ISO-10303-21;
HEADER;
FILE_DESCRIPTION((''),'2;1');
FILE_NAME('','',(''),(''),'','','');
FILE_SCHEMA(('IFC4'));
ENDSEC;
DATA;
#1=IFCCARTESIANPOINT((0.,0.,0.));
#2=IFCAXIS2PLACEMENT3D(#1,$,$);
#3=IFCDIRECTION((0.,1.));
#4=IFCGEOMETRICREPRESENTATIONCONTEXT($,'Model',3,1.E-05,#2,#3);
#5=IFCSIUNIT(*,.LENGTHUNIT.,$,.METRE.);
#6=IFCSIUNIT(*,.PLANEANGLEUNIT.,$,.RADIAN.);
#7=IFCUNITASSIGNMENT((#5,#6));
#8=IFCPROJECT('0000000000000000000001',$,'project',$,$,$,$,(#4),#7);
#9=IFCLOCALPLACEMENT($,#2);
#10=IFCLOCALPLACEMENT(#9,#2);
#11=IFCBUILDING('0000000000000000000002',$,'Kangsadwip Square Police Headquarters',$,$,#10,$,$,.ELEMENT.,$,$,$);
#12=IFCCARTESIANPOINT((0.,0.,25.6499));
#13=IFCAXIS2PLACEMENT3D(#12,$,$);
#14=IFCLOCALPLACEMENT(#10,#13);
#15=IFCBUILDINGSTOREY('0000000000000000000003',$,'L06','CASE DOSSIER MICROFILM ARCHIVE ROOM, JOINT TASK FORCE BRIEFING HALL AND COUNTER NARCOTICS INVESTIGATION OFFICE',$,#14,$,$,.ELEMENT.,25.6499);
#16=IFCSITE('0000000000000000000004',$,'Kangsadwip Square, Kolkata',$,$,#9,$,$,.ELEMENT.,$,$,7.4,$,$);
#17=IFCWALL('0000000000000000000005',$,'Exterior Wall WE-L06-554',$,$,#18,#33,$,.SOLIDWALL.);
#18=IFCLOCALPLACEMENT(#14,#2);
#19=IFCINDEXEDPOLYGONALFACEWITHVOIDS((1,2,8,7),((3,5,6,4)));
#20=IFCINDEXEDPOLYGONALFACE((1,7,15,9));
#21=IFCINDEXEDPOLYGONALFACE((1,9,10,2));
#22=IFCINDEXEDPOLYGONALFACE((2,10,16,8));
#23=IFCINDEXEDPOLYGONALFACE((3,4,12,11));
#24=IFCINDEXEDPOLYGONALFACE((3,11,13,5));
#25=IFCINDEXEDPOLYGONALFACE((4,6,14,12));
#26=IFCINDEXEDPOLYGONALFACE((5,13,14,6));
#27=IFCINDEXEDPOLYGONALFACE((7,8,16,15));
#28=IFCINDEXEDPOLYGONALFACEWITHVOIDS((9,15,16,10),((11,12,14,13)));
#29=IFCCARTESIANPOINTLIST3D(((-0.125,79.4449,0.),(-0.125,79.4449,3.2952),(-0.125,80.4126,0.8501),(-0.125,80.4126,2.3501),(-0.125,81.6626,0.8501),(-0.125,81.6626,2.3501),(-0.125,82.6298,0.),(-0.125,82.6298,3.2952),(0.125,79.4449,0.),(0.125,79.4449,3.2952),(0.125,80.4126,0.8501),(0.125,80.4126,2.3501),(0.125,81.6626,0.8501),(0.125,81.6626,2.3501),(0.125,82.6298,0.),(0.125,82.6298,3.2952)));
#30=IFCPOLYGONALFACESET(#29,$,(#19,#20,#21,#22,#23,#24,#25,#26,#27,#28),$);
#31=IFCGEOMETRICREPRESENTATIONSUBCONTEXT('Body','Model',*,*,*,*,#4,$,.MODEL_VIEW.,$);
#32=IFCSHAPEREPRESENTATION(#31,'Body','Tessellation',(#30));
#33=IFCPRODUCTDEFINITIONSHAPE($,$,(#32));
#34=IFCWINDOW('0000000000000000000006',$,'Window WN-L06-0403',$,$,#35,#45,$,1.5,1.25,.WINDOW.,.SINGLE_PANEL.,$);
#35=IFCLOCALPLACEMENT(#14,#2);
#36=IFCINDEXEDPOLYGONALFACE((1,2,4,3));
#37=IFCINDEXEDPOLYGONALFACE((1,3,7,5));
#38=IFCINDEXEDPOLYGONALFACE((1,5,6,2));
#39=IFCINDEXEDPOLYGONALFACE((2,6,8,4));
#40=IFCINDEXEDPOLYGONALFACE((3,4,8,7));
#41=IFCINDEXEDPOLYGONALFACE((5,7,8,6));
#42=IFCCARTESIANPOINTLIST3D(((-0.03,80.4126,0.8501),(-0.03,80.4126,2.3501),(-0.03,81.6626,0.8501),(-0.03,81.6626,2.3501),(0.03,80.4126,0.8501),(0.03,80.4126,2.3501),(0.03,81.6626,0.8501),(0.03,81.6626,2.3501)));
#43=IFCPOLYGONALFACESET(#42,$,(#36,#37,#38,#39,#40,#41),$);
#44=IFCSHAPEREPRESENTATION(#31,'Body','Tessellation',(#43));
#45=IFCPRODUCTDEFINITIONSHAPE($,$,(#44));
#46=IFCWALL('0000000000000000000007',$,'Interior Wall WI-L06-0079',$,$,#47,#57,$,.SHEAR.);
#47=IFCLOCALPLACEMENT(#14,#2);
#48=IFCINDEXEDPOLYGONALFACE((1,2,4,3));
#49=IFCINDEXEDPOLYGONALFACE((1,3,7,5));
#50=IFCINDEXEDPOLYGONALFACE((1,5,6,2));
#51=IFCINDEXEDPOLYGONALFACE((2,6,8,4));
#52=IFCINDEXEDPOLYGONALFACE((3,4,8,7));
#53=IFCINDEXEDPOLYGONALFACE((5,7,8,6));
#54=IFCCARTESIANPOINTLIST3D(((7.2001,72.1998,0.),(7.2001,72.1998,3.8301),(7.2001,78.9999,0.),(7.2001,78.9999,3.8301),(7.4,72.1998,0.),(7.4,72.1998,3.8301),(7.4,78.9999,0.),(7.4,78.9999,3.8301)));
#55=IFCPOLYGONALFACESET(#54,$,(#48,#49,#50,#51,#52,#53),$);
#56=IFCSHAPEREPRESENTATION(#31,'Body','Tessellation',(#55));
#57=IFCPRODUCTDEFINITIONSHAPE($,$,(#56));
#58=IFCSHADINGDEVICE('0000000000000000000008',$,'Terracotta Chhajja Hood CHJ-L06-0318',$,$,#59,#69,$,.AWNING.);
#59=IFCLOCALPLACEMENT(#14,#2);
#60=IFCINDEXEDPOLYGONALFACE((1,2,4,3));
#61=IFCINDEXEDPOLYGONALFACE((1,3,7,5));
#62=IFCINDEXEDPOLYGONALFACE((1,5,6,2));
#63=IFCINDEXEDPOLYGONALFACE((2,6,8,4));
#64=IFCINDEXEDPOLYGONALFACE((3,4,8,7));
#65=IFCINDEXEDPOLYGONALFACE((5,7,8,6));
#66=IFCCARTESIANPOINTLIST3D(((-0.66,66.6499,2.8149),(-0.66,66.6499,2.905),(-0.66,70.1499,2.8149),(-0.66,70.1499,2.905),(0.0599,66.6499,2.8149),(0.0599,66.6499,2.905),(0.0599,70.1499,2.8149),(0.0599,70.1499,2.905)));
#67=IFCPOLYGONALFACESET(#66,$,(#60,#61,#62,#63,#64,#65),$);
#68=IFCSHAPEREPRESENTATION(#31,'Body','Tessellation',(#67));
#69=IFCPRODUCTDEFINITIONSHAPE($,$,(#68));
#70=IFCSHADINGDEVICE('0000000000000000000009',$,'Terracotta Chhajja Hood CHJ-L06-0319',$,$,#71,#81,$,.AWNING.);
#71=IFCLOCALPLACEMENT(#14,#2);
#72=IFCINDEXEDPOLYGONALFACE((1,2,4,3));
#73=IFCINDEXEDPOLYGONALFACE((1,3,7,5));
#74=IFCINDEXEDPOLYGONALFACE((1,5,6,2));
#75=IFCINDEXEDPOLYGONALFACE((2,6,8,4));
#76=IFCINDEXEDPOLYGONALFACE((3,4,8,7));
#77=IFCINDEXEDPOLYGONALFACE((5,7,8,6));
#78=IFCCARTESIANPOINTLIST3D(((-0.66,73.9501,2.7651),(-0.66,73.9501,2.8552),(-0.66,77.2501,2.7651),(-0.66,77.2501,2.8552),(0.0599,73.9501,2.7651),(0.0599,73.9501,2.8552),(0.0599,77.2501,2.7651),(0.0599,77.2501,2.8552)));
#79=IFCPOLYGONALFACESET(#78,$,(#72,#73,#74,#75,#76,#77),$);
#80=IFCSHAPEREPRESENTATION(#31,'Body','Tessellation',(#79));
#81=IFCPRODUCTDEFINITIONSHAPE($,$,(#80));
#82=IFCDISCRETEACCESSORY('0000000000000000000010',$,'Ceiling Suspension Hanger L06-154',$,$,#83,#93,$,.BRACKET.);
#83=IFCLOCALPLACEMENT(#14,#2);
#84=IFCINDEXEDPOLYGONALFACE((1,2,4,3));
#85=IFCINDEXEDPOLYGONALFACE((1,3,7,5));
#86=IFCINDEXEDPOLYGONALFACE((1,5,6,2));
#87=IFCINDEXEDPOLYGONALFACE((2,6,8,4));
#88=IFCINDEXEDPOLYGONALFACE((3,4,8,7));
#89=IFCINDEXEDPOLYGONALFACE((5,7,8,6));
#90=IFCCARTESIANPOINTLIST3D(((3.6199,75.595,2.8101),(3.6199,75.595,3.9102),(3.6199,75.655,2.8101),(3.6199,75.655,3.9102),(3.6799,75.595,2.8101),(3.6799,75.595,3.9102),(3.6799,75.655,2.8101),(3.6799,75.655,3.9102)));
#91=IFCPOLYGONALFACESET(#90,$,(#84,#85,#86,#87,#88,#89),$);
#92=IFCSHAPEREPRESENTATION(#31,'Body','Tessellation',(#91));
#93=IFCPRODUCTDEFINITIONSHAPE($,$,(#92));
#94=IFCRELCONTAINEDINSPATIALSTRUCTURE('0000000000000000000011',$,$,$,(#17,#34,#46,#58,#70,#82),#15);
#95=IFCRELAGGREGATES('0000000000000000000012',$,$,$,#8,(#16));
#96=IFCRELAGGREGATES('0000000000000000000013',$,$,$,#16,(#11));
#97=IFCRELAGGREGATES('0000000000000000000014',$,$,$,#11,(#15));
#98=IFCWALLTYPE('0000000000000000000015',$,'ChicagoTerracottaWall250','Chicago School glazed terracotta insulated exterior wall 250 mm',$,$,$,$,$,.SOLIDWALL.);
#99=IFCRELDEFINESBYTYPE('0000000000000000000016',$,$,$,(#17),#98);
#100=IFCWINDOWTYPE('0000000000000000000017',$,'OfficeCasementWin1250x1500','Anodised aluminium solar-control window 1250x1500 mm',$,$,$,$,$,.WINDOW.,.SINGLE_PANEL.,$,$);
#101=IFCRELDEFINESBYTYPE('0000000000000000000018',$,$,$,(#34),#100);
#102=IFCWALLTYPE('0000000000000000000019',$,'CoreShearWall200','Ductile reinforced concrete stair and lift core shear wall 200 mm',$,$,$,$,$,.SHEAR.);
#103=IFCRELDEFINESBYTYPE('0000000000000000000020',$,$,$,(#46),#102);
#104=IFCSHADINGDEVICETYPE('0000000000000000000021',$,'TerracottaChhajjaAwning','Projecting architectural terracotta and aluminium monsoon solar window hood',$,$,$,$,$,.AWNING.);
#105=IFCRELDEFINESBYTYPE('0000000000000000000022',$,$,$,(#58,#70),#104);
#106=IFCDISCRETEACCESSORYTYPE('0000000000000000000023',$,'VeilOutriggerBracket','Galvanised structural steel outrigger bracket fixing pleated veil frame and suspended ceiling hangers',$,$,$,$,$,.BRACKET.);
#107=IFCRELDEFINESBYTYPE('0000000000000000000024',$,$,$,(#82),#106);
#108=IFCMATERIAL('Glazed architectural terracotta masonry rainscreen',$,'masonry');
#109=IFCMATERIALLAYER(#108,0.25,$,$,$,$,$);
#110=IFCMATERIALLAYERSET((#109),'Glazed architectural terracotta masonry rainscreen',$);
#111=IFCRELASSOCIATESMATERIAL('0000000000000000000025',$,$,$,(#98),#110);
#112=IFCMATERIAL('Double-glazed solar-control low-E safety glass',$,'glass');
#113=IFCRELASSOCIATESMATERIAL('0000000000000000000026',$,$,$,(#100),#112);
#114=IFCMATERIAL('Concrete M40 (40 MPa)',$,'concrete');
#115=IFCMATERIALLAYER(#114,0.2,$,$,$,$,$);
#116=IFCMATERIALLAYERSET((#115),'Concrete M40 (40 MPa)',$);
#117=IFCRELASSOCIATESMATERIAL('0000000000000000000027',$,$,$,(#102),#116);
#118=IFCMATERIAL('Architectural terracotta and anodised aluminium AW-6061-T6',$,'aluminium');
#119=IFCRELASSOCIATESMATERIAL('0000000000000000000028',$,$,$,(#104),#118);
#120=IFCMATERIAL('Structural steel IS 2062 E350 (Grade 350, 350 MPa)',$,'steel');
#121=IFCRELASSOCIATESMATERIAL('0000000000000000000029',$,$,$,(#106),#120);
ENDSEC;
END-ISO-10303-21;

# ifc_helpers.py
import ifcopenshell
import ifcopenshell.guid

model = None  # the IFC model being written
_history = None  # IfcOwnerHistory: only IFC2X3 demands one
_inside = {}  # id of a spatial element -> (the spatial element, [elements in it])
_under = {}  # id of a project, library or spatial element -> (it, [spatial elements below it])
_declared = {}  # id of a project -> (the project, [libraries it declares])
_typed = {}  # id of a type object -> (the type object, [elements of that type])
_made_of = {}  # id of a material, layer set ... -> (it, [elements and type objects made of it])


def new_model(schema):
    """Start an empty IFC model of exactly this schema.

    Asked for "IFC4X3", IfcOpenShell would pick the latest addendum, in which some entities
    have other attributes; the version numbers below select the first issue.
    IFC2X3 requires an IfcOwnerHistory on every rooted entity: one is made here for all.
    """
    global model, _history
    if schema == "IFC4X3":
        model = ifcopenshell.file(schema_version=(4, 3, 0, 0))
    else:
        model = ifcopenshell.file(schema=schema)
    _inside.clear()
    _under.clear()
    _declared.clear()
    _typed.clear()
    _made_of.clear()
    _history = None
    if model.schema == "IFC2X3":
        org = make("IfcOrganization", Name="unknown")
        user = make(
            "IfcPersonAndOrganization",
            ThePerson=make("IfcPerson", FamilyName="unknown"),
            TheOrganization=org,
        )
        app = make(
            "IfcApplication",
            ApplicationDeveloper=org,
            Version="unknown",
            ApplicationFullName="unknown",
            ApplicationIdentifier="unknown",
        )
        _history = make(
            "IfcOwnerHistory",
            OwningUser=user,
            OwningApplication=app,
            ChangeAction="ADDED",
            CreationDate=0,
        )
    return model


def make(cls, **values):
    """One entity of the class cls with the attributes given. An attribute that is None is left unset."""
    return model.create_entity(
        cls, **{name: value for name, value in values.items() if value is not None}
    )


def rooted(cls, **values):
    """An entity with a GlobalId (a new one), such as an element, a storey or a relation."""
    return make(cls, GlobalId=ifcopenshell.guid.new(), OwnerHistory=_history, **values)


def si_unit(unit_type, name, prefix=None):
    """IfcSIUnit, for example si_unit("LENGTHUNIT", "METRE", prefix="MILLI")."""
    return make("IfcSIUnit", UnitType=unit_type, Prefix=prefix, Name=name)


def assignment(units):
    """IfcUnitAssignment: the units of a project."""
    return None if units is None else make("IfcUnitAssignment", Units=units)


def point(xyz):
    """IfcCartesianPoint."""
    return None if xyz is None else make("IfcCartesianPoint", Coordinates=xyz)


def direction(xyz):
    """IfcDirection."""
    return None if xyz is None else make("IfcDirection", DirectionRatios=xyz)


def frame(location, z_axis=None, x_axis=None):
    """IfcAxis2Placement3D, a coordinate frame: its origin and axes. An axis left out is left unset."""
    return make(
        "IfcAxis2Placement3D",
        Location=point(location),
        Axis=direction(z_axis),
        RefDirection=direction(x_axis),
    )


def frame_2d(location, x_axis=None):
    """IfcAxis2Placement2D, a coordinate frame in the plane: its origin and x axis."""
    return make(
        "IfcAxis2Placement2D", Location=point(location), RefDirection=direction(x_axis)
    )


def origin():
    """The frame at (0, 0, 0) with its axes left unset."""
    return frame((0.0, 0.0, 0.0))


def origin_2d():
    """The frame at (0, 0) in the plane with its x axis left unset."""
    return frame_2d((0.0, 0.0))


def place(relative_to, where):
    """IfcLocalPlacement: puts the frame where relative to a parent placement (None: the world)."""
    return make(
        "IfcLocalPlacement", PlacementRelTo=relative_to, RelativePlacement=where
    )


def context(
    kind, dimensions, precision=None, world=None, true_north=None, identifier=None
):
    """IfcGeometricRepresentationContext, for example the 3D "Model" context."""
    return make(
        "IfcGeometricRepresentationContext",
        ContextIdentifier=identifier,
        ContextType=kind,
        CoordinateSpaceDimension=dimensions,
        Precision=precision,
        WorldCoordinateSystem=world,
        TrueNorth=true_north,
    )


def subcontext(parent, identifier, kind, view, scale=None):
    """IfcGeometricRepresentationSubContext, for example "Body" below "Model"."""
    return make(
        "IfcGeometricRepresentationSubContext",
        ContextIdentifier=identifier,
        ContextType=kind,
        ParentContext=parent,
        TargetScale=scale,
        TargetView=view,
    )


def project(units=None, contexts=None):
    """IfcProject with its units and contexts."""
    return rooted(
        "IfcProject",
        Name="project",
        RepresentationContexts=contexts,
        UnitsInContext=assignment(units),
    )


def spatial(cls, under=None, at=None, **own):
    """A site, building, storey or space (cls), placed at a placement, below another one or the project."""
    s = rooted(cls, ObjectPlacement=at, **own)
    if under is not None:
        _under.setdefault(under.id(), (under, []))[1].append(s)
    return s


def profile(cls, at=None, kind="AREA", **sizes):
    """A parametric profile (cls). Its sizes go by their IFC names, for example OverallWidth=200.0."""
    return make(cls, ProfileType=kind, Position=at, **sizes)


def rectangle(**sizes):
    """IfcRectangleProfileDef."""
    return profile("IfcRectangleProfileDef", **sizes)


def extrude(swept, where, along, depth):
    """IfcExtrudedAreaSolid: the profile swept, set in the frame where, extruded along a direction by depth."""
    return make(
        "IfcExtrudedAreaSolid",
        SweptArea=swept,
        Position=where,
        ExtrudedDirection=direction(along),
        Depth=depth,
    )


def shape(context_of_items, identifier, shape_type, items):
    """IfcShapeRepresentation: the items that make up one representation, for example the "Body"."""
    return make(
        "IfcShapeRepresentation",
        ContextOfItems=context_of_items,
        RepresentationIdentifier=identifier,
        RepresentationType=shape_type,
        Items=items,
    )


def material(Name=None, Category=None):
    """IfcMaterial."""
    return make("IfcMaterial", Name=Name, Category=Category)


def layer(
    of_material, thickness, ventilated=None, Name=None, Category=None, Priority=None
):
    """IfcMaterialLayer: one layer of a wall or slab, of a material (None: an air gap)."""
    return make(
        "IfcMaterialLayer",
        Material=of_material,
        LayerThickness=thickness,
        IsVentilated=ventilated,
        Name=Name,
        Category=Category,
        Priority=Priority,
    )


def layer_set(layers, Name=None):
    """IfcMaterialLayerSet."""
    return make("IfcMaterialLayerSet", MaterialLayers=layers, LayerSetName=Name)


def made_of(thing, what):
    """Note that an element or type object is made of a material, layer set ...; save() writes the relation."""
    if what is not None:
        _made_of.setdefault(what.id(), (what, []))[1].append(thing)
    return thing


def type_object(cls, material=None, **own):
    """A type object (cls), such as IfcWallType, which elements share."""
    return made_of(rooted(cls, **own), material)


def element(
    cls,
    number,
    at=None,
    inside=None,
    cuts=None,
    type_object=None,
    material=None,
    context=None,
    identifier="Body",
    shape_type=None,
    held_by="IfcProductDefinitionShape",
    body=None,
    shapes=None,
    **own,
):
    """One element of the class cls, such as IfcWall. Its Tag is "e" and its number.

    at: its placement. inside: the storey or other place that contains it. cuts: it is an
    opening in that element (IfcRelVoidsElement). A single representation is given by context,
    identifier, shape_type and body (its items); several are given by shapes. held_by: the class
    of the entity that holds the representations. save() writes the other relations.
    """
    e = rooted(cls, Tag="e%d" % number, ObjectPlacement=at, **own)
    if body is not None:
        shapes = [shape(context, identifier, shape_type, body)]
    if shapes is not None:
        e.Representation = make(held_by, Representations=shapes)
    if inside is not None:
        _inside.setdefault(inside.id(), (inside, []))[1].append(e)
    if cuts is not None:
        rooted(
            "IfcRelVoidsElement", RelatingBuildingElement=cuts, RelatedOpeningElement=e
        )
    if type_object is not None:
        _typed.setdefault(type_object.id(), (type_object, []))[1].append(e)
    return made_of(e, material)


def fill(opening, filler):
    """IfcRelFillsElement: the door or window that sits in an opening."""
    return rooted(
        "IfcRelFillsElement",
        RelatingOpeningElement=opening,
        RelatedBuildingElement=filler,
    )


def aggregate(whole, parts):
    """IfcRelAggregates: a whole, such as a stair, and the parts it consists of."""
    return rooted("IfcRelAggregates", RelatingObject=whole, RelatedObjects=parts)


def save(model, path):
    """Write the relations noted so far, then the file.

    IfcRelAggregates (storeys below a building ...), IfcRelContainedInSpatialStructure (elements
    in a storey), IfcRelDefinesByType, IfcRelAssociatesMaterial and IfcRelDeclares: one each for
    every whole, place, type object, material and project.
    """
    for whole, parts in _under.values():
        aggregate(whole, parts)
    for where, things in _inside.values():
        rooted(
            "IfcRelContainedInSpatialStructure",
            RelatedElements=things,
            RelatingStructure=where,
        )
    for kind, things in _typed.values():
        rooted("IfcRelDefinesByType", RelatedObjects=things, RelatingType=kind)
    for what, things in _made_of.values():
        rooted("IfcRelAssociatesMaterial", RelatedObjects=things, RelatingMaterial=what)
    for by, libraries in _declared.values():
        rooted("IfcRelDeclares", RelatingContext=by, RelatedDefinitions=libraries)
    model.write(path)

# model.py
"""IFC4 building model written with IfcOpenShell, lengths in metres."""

from ifc_helpers import new_model, si_unit, direction, frame, frame_2d, origin, origin_2d, place, context, subcontext, project, spatial, rectangle, extrude, material, layer, layer_set, type_object, element, fill, save


model = new_model("IFC4")

# Units and contexts
model_context = context("Model", 3, precision=1e-05, world=origin(), true_north=direction((0.0, 1.0)))
body_context = subcontext(model_context, "Body", "Model", "MODEL_VIEW")
ifc_project = project(units=[si_unit("LENGTHUNIT", "METRE"), si_unit("PLANEANGLEUNIT", "RADIAN")], contexts=[model_context])

# Site, building, storey
site_placement = place(None, origin())
site = spatial("IfcSite", under=ifc_project, at=site_placement, Name="Kangsadwip Square, Kolkata", CompositionType="ELEMENT", RefElevation=7.4)
building_placement = place(site_placement, origin())
building = spatial("IfcBuilding", under=site, at=building_placement, Name="Kangsadwip Square Police Headquarters", CompositionType="ELEMENT")
storey_placement = place(building_placement, frame((0.0, 0.0, 25.6499)))
storey = spatial("IfcBuildingStorey", under=building, at=storey_placement, Name="L06", Description="CASE DOSSIER MICROFILM ARCHIVE ROOM, JOINT TASK FORCE BRIEFING HALL AND COUNTER NARCOTICS INVESTIGATION OFFICE", CompositionType="ELEMENT", Elevation=25.6499)

# Wall, opening, window
ifc_material_1 = material(Name="Glazed architectural terracotta masonry rainscreen", Category="masonry")
ifc_layer_1 = layer(ifc_material_1, 0.25)
ifc_layer_set_1 = layer_set([ifc_layer_1], Name="Glazed architectural terracotta masonry rainscreen")
wall_type_1 = type_object("IfcWallType", Name="ChicagoTerracottaWall250", Description="Chicago School glazed terracotta insulated exterior wall 250 mm", PredefinedType="SOLIDWALL", material=ifc_layer_set_1)
wall_1_placement = place(storey_placement, frame((0.0, 79.4451, 0.0), z_axis=(0.0, 0.0, 1.0), x_axis=(0.0, 1.0, 0.0)))
wall_1 = element("IfcWall", 1, at=wall_1_placement, inside=storey, type_object=wall_type_1, Name="Exterior Wall WE-L06-554", PredefinedType="SOLIDWALL", context=body_context, shape_type="SweptSolid", body=[
    extrude(rectangle(XDim=3.1848, YDim=0.25, at=frame_2d((1.5923, 0.0))), origin(), (0.0, 0.0, 1.0), 3.2952),
])
opening_1_placement = place(wall_1_placement, frame((0.9675, 0.0, 0.8501)))
opening_1 = element("IfcOpeningElement", 2, at=opening_1_placement, cuts=wall_1, PredefinedType="OPENING", context=body_context, shape_type="SweptSolid", body=[
    extrude(rectangle(XDim=1.25, YDim=1.5, at=frame_2d((0.625, 0.75))), frame((0.0, 0.135, 0.0), z_axis=(0.0, -1.0, 0.0), x_axis=(1.0, 0.0, 0.0)), (0.0, 0.0, 1.0), 0.27),
])
ifc_material_2 = material(Name="Double-glazed solar-control low-E safety glass", Category="glass")
window_type_1 = type_object("IfcWindowType", Name="OfficeCasementWin1250x1500", Description="Anodised aluminium solar-control window 1250x1500 mm", PartitioningType="SINGLE_PANEL", PredefinedType="WINDOW", material=ifc_material_2)
window_1_placement = place(opening_1_placement, origin())
window_1 = element("IfcWindow", 3, at=window_1_placement, inside=storey, type_object=window_type_1, Name="Window WN-L06-0403", OverallHeight=1.5, OverallWidth=1.25, PartitioningType="SINGLE_PANEL", PredefinedType="WINDOW", context=body_context, shape_type="SweptSolid", body=[
    extrude(rectangle(XDim=1.25, YDim=1.5, at=frame_2d((0.625, 0.75))), frame((0.0, 0.03, 0.0), z_axis=(0.0, -1.0, 0.0), x_axis=(1.0, 0.0, 0.0)), (0.0, 0.0, 1.0), 0.0601),
])
fill(opening_1, window_1)

# Wall
ifc_material_3 = material(Name="Concrete M40 (40 MPa)", Category="concrete")
ifc_layer_2 = layer(ifc_material_3, 0.2)
ifc_layer_set_2 = layer_set([ifc_layer_2], Name="Concrete M40 (40 MPa)")
wall_type_2 = type_object("IfcWallType", Name="CoreShearWall200", Description="Ductile reinforced concrete stair and lift core shear wall 200 mm", PredefinedType="SHEAR", material=ifc_layer_set_2)
wall_2_placement = place(storey_placement, frame((7.3, 72.2, 0.0), z_axis=(0.0, 0.0, 1.0), x_axis=(0.0, 1.0, 0.0)))
element("IfcWall", 4, at=wall_2_placement, inside=storey, type_object=wall_type_2, Name="Interior Wall WI-L06-0079", PredefinedType="SHEAR", context=body_context, shape_type="SweptSolid", body=[
    extrude(rectangle(XDim=6.8, YDim=0.2, at=frame_2d((3.3999, 0.0))), origin(), (0.0, 0.0, 1.0), 3.8301),
])

# Shading devices
ifc_material_4 = material(Name="Architectural terracotta and anodised aluminium AW-6061-T6", Category="aluminium")
shading_device_type = type_object("IfcShadingDeviceType", Name="TerracottaChhajjaAwning", Description="Projecting architectural terracotta and aluminium monsoon solar window hood", PredefinedType="AWNING", material=ifc_material_4)
shading_device_1_placement = place(storey_placement, frame((-0.3, 68.3999, 2.8149), z_axis=(0.0, 0.0, 1.0), x_axis=(0.0, 1.0, 0.0)))
element("IfcShadingDevice", 5, at=shading_device_1_placement, inside=storey, type_object=shading_device_type, Name="Terracotta Chhajja Hood CHJ-L06-0318", PredefinedType="AWNING", context=body_context, shape_type="SweptSolid", body=[
    extrude(rectangle(XDim=3.5, YDim=0.72, at=origin_2d()), origin(), (0.0, 0.0, 1.0), 0.0901),
])
shading_device_2_placement = place(storey_placement, frame((-0.3, 75.6001, 2.7651), z_axis=(0.0, 0.0, 1.0), x_axis=(0.0, 1.0, 0.0)))
element("IfcShadingDevice", 6, at=shading_device_2_placement, inside=storey, type_object=shading_device_type, Name="Terracotta Chhajja Hood CHJ-L06-0319", PredefinedType="AWNING", context=body_context, shape_type="SweptSolid", body=[
    extrude(rectangle(XDim=3.3, YDim=0.72, at=origin_2d()), origin(), (0.0, 0.0, 1.0), 0.0901),
])

# Discrete accessory
ifc_material_5 = material(Name="Structural steel IS 2062 E350 (Grade 350, 350 MPa)", Category="steel")
discrete_accessory_type = type_object("IfcDiscreteAccessoryType", Name="VeilOutriggerBracket", Description="Galvanised structural steel outrigger bracket fixing pleated veil frame and suspended ceiling hangers", PredefinedType="BRACKET", material=ifc_material_5)
discrete_accessory_placement = place(storey_placement, frame((3.6499, 75.625, 2.8101), z_axis=(0.0, 0.0, 1.0), x_axis=(1.0, 0.0, 0.0)))
element("IfcDiscreteAccessory", 7, at=discrete_accessory_placement, inside=storey, type_object=discrete_accessory_type, Name="Ceiling Suspension Hanger L06-154", PredefinedType="BRACKET", context=body_context, shape_type="SweptSolid", body=[
    extrude(rectangle(XDim=0.0601, YDim=0.0601, at=origin_2d()), origin(), (0.0, 0.0, 1.0), 1.1001),
])

save(model, "model.ifc")
